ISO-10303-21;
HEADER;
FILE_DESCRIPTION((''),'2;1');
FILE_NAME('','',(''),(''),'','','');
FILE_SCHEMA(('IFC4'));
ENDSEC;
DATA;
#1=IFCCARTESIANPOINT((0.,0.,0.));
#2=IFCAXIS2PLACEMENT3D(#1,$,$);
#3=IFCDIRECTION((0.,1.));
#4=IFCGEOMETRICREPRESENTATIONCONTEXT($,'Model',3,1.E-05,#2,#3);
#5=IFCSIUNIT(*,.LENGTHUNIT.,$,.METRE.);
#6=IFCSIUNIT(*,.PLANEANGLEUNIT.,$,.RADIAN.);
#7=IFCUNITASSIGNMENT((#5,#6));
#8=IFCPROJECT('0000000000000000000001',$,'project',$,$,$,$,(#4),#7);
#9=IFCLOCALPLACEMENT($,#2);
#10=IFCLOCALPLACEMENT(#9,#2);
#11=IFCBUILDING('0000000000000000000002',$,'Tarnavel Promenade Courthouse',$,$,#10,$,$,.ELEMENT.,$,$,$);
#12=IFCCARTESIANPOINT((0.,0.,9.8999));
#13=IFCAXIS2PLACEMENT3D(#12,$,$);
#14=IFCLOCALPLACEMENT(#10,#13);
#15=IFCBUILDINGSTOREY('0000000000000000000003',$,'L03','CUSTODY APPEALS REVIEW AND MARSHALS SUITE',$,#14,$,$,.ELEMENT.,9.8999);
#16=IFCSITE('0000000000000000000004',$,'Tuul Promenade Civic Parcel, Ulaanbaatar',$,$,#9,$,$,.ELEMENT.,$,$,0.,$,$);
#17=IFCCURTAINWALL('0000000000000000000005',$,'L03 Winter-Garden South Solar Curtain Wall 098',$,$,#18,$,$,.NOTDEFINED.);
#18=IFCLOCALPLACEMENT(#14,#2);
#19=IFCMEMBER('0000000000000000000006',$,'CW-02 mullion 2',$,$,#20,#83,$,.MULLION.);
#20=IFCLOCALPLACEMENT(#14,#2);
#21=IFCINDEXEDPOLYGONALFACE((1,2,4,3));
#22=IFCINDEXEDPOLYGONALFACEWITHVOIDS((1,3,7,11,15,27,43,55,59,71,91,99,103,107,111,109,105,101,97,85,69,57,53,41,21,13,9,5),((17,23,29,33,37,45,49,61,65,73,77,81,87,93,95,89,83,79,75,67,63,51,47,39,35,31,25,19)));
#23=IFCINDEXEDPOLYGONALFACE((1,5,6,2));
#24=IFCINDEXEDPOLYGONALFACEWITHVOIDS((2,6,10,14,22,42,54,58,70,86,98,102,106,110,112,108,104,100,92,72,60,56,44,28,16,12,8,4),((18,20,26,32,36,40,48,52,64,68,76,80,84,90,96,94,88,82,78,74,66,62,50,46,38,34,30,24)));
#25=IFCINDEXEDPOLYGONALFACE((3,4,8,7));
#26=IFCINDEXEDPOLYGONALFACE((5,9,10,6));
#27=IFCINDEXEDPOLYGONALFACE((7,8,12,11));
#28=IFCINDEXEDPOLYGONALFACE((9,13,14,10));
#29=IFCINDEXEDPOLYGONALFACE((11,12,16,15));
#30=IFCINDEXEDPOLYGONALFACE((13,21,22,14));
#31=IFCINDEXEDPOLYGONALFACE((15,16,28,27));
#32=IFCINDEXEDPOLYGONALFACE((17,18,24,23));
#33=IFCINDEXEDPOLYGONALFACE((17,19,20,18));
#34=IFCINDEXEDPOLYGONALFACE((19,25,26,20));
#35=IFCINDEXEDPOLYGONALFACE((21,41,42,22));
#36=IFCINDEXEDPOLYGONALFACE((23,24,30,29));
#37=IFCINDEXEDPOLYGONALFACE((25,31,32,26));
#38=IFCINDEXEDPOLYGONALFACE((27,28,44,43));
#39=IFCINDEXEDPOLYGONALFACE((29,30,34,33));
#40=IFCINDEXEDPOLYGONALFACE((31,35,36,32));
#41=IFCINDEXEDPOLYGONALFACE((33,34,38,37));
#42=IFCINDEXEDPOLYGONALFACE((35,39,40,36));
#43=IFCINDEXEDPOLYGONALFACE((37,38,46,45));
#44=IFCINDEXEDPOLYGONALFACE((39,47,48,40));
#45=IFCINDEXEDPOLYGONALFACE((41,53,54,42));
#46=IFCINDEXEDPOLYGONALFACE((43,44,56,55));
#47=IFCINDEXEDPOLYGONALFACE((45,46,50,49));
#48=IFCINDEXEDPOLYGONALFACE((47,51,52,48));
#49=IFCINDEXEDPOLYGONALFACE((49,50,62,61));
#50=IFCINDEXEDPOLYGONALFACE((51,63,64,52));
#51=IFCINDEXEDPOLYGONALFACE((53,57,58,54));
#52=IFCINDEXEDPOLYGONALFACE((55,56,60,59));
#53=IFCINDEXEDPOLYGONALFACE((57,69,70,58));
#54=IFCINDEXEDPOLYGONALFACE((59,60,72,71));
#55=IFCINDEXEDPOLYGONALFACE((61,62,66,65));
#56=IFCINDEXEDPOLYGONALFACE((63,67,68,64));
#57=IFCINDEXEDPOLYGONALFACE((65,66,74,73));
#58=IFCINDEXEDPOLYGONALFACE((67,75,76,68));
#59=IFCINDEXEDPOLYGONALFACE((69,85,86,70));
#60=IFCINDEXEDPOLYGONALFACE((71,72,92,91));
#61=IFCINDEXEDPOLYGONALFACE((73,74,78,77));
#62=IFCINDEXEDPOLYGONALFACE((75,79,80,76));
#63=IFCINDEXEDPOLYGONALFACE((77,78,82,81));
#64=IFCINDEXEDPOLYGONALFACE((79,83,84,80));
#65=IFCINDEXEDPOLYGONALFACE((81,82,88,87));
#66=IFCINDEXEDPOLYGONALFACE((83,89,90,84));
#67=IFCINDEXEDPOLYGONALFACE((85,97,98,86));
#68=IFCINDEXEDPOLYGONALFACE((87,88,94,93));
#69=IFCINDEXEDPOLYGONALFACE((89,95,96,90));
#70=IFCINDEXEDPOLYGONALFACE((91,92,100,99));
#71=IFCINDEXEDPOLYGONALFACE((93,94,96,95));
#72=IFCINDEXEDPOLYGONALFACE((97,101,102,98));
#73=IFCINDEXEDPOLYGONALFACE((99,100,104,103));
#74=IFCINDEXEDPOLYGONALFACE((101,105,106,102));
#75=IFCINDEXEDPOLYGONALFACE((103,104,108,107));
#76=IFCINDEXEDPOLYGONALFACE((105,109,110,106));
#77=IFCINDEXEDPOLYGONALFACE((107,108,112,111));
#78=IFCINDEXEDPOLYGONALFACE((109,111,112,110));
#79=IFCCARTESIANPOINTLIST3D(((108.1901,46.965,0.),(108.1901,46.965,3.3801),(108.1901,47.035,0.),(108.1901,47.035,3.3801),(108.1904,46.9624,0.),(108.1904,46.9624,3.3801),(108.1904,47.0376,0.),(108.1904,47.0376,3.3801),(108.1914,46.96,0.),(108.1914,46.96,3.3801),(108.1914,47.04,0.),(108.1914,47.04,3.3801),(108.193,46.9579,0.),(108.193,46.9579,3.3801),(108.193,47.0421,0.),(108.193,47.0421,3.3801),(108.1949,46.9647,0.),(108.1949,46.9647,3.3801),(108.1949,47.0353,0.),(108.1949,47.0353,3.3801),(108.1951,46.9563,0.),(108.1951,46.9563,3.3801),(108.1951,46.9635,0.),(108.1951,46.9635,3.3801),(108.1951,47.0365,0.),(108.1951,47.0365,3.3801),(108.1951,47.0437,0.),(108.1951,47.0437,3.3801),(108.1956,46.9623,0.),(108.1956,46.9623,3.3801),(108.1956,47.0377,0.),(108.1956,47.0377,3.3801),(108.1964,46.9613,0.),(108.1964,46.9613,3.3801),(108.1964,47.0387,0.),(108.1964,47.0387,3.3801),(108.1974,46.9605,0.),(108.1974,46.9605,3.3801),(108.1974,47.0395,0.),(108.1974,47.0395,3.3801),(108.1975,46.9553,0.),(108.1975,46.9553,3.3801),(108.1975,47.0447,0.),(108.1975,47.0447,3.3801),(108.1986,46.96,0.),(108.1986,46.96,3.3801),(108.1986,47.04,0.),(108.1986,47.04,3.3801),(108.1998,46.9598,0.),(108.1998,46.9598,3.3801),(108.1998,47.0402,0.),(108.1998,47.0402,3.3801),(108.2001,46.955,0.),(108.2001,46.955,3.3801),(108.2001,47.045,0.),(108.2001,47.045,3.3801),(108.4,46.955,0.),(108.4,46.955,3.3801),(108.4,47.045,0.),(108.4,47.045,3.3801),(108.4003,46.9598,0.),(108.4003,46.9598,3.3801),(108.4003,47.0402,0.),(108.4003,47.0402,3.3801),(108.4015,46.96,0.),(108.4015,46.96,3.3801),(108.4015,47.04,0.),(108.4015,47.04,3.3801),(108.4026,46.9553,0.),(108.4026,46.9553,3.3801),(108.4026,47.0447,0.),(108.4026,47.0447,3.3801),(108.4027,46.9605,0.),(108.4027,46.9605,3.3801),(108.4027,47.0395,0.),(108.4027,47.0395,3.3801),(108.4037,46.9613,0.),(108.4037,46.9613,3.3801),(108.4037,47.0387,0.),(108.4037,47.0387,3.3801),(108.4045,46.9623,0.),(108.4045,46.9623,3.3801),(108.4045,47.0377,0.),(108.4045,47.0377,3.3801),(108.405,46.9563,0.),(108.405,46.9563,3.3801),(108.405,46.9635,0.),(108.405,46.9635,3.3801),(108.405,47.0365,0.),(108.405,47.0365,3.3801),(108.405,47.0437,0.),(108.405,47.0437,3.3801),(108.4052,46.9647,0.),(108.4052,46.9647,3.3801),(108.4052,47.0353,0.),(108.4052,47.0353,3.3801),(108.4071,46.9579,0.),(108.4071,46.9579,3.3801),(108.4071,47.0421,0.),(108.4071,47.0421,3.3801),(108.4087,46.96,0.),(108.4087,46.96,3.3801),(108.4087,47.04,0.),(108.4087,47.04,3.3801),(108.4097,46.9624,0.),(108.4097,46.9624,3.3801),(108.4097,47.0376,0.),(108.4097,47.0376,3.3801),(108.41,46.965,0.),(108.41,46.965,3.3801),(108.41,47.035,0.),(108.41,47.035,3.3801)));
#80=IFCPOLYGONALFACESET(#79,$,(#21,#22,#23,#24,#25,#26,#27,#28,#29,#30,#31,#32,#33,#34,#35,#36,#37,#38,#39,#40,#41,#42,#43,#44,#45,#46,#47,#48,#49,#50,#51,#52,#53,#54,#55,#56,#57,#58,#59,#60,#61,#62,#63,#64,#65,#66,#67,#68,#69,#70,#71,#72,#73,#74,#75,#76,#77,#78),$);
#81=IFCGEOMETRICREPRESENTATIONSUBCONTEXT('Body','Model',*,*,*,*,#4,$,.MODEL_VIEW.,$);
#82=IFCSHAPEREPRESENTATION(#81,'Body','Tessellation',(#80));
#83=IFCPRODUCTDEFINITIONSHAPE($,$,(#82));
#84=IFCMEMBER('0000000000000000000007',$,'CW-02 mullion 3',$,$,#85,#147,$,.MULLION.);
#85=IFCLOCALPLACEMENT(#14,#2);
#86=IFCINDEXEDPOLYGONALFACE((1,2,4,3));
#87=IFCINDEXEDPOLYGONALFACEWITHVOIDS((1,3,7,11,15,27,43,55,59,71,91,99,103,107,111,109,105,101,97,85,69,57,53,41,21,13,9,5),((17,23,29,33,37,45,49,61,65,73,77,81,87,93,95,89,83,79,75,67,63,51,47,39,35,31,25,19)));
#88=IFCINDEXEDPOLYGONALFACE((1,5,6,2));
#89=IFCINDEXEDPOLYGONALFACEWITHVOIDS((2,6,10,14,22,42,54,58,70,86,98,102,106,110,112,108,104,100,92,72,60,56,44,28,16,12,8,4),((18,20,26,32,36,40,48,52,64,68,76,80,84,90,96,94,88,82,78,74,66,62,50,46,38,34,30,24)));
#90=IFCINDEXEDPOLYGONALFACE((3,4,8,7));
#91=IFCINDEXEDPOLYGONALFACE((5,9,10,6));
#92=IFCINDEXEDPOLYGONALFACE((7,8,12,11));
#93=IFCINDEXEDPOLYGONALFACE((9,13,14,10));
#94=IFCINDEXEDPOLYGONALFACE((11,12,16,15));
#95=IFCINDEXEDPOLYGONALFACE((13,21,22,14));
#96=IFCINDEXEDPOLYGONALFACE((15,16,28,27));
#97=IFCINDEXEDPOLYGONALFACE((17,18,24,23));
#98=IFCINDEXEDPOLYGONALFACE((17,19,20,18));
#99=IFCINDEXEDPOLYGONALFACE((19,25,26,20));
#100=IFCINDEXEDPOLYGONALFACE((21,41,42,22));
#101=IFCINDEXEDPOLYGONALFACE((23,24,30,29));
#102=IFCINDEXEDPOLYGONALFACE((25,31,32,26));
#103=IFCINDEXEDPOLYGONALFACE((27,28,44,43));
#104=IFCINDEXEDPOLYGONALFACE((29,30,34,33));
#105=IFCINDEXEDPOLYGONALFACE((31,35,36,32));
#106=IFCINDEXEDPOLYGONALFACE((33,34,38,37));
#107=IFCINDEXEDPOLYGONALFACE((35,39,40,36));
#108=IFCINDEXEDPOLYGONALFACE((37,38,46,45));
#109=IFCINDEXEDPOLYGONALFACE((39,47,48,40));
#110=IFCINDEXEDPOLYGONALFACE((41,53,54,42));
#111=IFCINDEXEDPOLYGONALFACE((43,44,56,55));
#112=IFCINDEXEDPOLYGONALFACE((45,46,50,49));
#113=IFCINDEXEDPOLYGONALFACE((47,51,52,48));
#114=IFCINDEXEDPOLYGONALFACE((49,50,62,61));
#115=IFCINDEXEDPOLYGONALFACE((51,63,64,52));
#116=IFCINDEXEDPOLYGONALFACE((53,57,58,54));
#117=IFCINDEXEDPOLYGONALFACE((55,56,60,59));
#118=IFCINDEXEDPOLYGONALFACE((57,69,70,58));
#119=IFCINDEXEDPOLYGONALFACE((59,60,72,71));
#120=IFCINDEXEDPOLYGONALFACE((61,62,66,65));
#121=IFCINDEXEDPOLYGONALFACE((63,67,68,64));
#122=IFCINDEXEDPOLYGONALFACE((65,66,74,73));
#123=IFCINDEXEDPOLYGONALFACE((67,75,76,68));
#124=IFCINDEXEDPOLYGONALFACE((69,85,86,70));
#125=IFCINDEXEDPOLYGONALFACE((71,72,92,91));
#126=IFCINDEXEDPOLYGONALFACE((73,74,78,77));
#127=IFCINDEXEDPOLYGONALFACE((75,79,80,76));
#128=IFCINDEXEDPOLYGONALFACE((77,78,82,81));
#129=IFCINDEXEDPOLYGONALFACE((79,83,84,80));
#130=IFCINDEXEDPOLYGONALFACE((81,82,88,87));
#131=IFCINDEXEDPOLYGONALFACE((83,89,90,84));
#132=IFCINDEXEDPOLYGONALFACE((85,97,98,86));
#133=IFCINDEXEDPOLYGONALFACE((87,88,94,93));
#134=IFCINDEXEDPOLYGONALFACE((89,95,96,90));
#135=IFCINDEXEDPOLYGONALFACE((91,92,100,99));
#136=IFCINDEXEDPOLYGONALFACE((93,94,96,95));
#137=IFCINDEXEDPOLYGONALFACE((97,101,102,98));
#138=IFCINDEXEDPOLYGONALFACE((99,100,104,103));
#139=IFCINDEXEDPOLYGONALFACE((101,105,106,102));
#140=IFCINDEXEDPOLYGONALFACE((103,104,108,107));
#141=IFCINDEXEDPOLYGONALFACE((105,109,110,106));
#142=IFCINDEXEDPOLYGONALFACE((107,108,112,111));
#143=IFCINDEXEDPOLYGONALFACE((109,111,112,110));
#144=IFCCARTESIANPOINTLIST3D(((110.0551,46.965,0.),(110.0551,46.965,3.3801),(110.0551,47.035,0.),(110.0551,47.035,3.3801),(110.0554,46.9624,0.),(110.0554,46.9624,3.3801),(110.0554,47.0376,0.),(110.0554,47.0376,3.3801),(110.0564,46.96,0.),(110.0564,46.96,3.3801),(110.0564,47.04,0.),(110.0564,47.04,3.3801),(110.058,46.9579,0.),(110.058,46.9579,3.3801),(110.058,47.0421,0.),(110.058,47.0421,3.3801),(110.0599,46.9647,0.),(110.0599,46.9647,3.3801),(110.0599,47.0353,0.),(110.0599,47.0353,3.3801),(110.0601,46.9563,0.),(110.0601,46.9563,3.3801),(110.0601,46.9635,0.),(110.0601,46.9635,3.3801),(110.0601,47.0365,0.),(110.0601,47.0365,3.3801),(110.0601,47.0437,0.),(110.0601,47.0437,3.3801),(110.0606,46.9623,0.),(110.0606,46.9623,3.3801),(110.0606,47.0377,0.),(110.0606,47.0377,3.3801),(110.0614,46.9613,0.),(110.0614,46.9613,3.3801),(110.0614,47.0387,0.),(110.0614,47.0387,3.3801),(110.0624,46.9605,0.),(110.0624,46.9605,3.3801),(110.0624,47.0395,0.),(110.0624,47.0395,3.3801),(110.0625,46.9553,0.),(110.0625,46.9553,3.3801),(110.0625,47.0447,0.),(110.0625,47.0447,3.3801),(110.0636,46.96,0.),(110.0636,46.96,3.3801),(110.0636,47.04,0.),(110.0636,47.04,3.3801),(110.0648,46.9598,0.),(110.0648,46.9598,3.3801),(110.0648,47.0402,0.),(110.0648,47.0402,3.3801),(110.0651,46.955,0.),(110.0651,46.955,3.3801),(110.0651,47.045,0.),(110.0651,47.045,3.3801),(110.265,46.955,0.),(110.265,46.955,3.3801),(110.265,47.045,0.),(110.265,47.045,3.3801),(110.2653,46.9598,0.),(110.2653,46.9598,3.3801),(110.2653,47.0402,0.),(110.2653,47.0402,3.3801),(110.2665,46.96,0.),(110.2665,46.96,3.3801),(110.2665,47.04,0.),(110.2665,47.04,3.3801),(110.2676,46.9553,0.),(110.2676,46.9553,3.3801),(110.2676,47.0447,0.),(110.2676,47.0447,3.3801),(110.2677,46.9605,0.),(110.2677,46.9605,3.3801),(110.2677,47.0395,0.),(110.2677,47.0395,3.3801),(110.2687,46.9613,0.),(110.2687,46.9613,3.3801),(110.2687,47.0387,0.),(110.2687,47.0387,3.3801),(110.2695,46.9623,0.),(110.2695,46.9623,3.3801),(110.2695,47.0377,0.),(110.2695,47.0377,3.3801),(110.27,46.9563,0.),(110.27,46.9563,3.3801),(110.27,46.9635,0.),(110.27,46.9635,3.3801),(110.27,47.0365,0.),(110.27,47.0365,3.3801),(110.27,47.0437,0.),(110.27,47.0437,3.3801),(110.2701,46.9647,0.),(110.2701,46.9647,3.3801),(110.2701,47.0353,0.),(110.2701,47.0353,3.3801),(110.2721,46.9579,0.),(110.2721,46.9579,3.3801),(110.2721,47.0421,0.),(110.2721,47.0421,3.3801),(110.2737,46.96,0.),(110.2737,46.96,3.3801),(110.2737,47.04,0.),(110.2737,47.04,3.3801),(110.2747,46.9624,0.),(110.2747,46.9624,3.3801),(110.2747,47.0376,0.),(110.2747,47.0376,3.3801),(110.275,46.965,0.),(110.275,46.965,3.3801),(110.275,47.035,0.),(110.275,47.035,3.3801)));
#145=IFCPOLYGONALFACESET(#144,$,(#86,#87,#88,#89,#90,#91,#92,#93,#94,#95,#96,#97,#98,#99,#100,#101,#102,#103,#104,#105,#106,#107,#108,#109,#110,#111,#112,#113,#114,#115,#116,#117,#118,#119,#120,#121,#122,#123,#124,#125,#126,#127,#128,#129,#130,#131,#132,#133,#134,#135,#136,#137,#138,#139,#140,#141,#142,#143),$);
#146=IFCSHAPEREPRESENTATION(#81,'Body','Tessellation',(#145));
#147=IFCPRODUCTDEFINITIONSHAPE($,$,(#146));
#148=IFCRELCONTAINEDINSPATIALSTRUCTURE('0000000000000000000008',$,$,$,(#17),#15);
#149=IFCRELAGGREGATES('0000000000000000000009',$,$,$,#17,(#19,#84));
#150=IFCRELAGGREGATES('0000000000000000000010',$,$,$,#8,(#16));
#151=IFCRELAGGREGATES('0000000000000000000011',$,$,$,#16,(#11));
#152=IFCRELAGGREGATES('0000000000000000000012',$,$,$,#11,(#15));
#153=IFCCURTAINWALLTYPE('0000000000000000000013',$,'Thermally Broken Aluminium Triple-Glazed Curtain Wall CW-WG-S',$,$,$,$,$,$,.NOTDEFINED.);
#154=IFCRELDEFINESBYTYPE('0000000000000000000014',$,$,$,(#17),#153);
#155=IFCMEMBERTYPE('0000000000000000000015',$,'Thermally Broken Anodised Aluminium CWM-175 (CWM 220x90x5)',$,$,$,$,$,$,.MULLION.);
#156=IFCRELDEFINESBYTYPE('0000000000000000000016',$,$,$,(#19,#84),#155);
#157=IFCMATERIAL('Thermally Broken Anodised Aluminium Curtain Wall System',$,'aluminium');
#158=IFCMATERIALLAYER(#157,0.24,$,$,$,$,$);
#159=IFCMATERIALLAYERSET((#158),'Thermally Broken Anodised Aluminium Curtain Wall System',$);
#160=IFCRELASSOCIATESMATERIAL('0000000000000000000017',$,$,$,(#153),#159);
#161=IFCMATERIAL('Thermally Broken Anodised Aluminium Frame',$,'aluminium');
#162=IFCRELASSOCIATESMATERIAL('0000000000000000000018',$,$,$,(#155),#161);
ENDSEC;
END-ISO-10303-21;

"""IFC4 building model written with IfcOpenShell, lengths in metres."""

from ifc_helpers import new_model, si_unit, direction, frame, origin, origin_2d, place, context, subcontext, project, spatial, hollow_rectangle, extrude, material, layer, layer_set, material_profile, profile_set, type_object, element, aggregate, save


model = new_model("IFC4")

# Units and contexts
model_context = context("Model", 3, precision=1e-05, world=origin(), true_north=direction((0.0, 1.0)))
body_context = subcontext(model_context, "Body", "Model", "MODEL_VIEW")
ifc_project = project(units=[si_unit("LENGTHUNIT", "METRE"), si_unit("PLANEANGLEUNIT", "RADIAN")], contexts=[model_context])

# Site, building, storey
site_placement = place(None, origin())
site = spatial("IfcSite", under=ifc_project, at=site_placement, Name="Tuul Promenade Civic Parcel, Ulaanbaatar", CompositionType="ELEMENT", RefElevation=0.0)
building_placement = place(site_placement, origin())
building = spatial("IfcBuilding", under=site, at=building_placement, Name="Tarnavel Promenade Courthouse", CompositionType="ELEMENT")
storey_placement = place(building_placement, frame((0.0, 0.0, 9.8999)))
storey = spatial("IfcBuildingStorey", under=building, at=storey_placement, Name="L03", Description="CUSTODY APPEALS REVIEW AND MARSHALS SUITE", CompositionType="ELEMENT", Elevation=9.8999)

# Curtain wall, members
ifc_material_1 = material(Name="Thermally Broken Anodised Aluminium Curtain Wall System", Category="aluminium")
ifc_layer_1 = layer(ifc_material_1, 0.24)
ifc_layer_set_1 = layer_set([ifc_layer_1], Name="Thermally Broken Anodised Aluminium Curtain Wall System")
curtain_wall_type = type_object("IfcCurtainWallType", Name="Thermally Broken Aluminium Triple-Glazed Curtain Wall CW-WG-S", PredefinedType="NOTDEFINED", material=ifc_layer_set_1)
curtain_wall_1_placement = place(storey_placement, origin())
curtain_wall_1 = element("IfcCurtainWall", 1, at=curtain_wall_1_placement, inside=storey, type_object=curtain_wall_type, Name="L03 Winter-Garden South Solar Curtain Wall 098", PredefinedType="NOTDEFINED")
ifc_material_2 = material(Name="Thermally Broken Anodised Aluminium Frame", Category="aluminium")
ifc_material_profile_1 = material_profile(ifc_material_2, hollow_rectangle(XDim=0.0901, YDim=0.22, WallThickness=0.0049, InnerFilletRadius=0.0049, OuterFilletRadius=0.01, at=origin_2d()), Name="CWM 220x90x5")
ifc_profile_set_1 = profile_set([ifc_material_profile_1], Name="Thermally Broken Anodised Aluminium Frame")
member_type_1 = type_object("IfcMemberType", Name="Thermally Broken Anodised Aluminium CWM-175 (CWM 220x90x5)", PredefinedType="MULLION", material=ifc_profile_set_1)
member_1_placement = place(storey_placement, frame((108.3, 47.0, 0.0), z_axis=(0.0, 0.0, 1.0), x_axis=(0.0, 1.0, 0.0)))
member_1 = element("IfcMember", 2, at=member_1_placement, type_object=member_type_1, Name="CW-02 mullion 2", PredefinedType="MULLION", context=body_context, shape_type="SweptSolid", body=[
    extrude(hollow_rectangle(XDim=0.0901, YDim=0.22, WallThickness=0.0049, InnerFilletRadius=0.0049, OuterFilletRadius=0.01, at=origin_2d()), origin(), (0.0, 0.0, 1.0), 3.3801),
])
member_2_placement = place(storey_placement, frame((110.165, 47.0, 0.0), z_axis=(0.0, 0.0, 1.0), x_axis=(0.0, 1.0, 0.0)))
member_2 = element("IfcMember", 3, at=member_2_placement, type_object=member_type_1, Name="CW-02 mullion 3", PredefinedType="MULLION", context=body_context, shape_type="SweptSolid", body=[
    extrude(hollow_rectangle(XDim=0.0901, YDim=0.22, WallThickness=0.0049, InnerFilletRadius=0.0049, OuterFilletRadius=0.01, at=origin_2d()), origin(), (0.0, 0.0, 1.0), 3.3801),
])

aggregate(curtain_wall_1, [member_1, member_2])

save(model, "model.ifc")
